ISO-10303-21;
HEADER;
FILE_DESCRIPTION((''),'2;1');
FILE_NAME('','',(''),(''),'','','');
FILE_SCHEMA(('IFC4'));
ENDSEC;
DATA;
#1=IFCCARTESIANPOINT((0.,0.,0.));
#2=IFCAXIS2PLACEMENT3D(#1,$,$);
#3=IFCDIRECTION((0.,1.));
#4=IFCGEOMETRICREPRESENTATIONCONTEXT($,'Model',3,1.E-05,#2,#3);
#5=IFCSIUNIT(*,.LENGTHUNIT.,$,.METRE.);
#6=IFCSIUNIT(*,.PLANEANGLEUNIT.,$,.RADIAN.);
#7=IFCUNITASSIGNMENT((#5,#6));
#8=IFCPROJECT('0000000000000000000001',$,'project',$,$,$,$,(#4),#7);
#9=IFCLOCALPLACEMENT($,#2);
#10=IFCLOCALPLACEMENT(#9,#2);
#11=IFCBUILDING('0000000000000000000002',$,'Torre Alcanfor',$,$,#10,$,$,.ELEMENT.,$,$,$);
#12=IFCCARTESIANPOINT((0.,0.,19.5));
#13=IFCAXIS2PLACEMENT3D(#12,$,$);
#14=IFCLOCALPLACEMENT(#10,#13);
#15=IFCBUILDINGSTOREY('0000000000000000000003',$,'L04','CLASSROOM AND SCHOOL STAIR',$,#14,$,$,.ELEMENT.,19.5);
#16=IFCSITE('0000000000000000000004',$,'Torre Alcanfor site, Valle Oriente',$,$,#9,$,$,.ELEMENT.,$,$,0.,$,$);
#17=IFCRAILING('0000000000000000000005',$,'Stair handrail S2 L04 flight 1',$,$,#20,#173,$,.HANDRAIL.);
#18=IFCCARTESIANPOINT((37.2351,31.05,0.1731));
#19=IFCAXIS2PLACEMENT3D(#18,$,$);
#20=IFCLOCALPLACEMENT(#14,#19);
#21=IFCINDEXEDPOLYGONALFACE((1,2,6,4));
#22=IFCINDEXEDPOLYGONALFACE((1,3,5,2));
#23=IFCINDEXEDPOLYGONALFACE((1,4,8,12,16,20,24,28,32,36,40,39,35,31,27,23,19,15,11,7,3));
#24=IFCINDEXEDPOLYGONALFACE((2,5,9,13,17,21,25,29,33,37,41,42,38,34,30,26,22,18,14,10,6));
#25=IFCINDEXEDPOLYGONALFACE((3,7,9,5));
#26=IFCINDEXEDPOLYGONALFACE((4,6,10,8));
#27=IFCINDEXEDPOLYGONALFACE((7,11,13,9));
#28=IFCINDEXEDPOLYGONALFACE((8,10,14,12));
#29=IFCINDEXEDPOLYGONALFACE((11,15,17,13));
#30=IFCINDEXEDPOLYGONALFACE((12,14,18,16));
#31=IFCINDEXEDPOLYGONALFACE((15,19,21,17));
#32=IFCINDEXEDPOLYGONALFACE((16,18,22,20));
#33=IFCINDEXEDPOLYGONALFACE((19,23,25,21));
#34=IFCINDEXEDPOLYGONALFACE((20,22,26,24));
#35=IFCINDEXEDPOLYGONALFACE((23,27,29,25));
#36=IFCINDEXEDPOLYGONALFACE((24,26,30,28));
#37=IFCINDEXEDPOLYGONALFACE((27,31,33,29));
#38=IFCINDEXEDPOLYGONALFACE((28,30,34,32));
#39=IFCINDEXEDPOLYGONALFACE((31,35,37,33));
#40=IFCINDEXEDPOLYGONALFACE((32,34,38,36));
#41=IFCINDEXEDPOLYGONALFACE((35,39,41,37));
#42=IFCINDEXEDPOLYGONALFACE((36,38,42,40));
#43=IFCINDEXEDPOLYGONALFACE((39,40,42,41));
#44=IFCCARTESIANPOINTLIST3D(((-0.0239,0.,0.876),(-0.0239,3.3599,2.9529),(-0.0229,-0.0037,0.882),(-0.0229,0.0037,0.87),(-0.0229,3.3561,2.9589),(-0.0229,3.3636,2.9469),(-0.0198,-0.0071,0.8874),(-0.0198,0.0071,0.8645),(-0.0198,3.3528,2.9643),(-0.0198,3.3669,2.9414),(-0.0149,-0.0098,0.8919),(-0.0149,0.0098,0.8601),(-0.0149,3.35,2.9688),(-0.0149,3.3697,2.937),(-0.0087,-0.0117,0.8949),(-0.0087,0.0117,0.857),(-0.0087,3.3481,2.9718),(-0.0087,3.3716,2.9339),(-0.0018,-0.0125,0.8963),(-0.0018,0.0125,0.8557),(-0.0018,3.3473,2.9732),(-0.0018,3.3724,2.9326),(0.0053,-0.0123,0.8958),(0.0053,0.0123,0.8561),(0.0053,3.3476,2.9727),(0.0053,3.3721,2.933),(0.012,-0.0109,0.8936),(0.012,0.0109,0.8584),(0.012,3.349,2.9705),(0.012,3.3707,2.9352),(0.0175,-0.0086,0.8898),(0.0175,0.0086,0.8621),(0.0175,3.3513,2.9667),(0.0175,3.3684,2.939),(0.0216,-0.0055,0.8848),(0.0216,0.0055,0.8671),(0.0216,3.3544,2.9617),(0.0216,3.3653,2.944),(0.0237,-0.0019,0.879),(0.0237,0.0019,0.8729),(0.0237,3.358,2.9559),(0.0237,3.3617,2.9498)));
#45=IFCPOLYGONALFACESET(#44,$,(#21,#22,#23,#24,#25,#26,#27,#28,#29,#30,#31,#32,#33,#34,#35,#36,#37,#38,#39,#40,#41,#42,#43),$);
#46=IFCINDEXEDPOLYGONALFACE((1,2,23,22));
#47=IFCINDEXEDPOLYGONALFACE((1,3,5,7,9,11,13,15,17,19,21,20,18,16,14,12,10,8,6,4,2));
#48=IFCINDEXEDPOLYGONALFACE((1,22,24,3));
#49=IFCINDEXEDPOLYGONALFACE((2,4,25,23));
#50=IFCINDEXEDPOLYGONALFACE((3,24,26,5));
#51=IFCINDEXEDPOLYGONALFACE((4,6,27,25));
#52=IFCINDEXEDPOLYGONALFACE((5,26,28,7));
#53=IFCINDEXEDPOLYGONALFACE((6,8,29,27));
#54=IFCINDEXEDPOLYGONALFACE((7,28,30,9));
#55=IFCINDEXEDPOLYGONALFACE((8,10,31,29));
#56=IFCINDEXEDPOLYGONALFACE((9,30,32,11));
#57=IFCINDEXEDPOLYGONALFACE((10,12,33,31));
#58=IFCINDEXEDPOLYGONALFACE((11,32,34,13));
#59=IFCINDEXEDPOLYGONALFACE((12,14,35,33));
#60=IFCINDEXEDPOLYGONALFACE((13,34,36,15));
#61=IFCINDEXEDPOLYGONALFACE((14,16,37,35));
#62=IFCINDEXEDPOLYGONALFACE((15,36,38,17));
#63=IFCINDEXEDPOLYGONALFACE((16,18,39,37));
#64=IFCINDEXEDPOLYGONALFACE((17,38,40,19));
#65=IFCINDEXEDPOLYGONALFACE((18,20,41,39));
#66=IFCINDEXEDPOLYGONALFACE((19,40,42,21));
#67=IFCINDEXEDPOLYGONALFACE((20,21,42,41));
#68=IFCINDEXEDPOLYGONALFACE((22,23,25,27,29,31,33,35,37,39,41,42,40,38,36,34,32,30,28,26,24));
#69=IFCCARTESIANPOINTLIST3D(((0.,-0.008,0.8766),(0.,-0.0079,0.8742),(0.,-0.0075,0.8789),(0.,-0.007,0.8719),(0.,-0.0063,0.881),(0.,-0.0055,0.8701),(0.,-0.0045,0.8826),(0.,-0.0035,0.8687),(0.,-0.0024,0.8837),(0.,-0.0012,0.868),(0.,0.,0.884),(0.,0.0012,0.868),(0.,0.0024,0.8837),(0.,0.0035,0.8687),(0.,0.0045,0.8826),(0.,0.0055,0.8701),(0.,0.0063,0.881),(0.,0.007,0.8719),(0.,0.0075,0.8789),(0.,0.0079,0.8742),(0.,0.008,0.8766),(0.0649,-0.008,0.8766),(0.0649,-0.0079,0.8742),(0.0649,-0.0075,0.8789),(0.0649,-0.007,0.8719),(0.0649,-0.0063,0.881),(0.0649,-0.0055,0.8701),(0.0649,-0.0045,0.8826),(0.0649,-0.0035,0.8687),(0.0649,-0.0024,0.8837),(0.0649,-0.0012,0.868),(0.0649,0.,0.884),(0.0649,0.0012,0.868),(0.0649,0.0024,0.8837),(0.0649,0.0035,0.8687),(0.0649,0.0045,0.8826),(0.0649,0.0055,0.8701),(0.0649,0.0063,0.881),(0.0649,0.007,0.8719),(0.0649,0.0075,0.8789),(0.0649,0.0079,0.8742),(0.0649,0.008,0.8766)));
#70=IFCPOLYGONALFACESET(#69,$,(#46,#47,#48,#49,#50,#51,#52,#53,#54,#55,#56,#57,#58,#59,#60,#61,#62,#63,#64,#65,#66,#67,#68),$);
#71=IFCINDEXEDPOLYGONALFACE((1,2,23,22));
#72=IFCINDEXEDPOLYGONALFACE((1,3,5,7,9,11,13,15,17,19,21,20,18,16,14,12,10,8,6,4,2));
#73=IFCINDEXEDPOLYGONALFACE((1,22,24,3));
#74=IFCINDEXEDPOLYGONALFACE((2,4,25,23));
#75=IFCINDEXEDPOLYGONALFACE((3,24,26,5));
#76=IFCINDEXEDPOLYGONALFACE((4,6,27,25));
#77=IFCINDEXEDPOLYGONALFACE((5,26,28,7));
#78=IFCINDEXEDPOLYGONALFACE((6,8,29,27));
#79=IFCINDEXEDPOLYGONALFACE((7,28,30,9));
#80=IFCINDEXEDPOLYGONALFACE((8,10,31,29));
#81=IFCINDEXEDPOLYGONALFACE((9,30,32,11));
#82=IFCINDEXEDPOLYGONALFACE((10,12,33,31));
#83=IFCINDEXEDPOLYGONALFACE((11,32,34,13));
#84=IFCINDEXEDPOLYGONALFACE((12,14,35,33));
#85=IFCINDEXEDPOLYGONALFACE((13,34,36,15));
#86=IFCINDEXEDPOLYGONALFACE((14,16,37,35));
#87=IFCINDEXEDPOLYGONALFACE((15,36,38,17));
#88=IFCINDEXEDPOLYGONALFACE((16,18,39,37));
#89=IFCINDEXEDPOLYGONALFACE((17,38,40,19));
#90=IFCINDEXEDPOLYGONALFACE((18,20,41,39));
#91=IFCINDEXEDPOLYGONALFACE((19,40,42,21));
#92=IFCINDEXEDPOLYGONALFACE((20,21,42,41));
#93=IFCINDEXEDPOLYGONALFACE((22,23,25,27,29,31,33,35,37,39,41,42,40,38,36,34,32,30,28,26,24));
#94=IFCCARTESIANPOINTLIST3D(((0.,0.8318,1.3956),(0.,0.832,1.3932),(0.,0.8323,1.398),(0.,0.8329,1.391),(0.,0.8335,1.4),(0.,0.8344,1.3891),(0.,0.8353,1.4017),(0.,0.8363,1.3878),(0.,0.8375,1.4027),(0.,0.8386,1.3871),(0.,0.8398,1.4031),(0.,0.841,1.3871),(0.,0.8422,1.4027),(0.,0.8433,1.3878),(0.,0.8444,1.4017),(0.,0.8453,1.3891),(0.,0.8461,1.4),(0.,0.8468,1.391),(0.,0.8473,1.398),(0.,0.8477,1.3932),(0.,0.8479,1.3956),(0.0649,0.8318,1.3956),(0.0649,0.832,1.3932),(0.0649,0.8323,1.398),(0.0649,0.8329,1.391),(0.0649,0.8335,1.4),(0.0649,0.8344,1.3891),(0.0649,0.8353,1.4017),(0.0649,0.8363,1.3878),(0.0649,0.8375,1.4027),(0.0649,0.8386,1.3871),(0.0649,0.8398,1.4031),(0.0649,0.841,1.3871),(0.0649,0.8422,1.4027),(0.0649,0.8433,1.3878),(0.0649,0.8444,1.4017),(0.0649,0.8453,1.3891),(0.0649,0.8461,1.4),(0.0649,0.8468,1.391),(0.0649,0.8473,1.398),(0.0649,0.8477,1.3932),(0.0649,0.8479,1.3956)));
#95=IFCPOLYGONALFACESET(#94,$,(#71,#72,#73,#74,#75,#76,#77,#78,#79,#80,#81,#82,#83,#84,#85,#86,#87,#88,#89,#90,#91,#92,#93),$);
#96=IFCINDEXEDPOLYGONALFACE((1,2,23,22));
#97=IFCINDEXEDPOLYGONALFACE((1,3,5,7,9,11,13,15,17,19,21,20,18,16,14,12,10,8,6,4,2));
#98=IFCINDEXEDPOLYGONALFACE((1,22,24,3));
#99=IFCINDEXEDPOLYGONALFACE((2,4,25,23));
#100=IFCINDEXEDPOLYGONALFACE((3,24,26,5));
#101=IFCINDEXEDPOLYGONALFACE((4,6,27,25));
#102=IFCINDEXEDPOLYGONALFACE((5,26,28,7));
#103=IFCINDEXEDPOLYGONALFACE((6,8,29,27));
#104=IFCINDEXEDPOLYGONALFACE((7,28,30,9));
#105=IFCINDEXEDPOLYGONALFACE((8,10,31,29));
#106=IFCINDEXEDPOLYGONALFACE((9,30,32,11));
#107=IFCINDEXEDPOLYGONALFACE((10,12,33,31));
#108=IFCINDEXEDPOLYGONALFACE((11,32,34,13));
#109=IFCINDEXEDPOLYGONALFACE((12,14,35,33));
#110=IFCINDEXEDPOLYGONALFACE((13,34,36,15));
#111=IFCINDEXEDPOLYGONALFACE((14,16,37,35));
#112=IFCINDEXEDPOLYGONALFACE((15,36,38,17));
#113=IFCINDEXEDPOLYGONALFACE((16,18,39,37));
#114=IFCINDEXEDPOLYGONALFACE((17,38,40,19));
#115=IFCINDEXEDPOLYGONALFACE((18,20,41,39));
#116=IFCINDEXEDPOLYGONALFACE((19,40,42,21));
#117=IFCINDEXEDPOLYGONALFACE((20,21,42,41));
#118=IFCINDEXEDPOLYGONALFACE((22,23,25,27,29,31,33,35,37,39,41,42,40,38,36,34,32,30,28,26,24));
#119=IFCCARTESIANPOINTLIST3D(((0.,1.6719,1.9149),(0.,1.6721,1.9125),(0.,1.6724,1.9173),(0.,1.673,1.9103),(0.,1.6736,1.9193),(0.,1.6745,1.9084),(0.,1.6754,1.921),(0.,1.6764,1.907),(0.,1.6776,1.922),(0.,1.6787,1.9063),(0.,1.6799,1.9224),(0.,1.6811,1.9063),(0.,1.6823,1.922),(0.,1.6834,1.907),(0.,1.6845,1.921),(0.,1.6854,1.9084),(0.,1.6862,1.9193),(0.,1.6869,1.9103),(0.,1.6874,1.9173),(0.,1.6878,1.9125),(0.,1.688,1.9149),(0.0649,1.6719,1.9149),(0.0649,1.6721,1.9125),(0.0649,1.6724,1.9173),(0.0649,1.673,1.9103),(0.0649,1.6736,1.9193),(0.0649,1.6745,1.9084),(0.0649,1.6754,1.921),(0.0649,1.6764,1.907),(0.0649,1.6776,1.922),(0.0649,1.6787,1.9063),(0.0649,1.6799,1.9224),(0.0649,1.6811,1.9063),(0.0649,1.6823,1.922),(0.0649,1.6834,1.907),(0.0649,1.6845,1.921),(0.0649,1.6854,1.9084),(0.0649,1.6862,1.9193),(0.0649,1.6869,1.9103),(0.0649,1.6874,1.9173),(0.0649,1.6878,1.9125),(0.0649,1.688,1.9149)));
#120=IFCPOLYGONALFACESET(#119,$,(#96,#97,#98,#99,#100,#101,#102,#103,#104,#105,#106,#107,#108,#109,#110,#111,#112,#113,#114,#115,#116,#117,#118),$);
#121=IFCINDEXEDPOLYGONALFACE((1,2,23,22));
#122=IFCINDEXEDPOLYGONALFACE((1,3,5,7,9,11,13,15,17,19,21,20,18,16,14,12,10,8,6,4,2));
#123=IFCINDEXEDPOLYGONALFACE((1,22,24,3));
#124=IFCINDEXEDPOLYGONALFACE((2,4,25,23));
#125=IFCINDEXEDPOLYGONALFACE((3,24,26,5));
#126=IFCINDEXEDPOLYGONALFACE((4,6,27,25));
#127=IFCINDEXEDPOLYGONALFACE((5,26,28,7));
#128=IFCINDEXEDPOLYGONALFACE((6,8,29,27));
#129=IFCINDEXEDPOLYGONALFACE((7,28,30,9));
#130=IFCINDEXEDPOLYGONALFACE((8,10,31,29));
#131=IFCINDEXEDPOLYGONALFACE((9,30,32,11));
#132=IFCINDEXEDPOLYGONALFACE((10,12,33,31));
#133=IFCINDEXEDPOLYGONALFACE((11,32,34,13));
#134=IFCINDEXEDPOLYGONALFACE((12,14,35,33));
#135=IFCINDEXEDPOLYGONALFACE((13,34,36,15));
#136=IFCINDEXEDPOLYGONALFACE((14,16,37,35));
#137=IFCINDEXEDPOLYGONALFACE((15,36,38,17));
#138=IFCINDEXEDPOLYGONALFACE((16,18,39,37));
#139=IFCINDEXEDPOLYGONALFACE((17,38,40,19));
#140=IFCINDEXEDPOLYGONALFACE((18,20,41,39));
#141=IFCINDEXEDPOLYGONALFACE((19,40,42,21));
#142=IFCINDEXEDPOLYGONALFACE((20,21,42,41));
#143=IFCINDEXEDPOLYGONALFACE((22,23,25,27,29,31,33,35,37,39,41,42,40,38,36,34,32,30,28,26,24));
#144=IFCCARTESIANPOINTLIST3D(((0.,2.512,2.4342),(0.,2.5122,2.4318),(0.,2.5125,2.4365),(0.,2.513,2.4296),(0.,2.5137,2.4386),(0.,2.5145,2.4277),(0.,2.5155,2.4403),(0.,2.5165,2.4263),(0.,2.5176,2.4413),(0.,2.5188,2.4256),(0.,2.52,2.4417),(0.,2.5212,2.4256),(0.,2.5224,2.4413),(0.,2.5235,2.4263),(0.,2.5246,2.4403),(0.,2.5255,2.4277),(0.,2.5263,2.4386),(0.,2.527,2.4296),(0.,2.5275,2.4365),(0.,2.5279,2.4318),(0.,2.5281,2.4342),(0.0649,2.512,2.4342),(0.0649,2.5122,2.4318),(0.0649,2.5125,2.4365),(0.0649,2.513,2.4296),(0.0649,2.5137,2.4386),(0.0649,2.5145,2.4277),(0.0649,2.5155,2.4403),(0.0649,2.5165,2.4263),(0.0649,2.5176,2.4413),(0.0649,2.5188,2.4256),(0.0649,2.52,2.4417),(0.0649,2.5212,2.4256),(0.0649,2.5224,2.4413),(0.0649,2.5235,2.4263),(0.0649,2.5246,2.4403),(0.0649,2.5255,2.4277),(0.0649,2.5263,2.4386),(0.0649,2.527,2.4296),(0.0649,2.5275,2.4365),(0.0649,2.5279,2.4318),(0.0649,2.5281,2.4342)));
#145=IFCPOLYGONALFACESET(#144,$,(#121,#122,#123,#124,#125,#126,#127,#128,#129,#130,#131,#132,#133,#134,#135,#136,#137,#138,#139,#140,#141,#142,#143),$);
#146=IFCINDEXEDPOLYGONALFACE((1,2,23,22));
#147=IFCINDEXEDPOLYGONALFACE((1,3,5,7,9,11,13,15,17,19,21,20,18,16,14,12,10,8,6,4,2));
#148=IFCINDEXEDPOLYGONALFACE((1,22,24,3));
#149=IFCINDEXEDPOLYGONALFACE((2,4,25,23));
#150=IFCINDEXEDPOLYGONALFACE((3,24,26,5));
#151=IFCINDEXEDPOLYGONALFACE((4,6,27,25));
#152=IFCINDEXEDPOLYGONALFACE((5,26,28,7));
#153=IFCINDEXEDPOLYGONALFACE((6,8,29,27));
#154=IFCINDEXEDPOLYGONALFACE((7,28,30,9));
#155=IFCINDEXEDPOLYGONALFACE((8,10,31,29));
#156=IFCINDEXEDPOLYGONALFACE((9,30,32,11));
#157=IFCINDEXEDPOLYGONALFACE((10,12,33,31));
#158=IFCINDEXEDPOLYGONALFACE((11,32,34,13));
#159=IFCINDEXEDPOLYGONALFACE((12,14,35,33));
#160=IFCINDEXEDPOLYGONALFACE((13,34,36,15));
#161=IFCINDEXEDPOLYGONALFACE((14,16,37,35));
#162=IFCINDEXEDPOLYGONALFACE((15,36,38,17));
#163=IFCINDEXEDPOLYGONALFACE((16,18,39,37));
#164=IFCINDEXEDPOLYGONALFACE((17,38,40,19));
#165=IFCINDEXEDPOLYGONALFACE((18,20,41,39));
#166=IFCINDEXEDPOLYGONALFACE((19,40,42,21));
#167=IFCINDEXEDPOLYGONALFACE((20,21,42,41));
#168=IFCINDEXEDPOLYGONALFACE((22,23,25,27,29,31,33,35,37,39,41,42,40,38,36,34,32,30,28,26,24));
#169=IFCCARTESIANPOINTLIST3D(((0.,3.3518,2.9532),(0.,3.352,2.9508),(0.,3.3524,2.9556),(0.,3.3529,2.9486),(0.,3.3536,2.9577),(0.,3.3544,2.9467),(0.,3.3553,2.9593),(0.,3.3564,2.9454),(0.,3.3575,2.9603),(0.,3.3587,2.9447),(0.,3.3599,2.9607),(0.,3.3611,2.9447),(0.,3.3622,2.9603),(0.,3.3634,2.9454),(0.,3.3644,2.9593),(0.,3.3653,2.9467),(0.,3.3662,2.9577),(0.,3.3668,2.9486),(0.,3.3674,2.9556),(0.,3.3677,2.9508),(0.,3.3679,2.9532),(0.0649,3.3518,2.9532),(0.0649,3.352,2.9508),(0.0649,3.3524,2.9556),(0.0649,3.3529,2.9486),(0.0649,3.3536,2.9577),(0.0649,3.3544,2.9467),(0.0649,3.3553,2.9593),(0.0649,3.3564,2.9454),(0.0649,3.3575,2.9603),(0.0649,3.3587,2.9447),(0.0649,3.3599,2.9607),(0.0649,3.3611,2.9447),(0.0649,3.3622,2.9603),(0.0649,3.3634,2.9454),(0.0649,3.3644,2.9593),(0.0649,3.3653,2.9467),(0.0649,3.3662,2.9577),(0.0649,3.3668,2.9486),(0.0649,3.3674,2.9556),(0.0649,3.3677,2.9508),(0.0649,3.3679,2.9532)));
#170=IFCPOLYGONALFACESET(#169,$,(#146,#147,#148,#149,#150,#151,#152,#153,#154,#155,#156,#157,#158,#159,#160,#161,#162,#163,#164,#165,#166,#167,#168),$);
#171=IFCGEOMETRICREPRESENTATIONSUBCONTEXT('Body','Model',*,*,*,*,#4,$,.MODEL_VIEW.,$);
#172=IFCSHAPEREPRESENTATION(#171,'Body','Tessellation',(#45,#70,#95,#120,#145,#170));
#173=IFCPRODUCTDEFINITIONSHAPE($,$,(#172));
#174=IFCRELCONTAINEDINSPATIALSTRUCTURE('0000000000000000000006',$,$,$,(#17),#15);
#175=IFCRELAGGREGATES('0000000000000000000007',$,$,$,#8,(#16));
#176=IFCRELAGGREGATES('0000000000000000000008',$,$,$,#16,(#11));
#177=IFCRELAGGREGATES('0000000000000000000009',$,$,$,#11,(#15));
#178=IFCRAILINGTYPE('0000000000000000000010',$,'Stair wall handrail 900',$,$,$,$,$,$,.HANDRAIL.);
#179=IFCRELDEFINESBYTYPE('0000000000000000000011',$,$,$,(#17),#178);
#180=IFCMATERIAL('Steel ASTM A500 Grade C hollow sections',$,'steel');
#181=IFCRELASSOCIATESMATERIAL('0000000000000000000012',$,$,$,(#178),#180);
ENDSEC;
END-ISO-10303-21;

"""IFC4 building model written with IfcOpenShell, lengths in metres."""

from ifc_helpers import new_model, si_unit, direction, frame, origin, origin_2d, place, context, subcontext, project, spatial, circle, extrude, material, type_object, element, save


model = new_model("IFC4")

# Units and contexts
model_context = context("Model", 3, precision=1e-05, world=origin(), true_north=direction((0.0, 1.0)))
body_context = subcontext(model_context, "Body", "Model", "MODEL_VIEW")
ifc_project = project(units=[si_unit("LENGTHUNIT", "METRE"), si_unit("PLANEANGLEUNIT", "RADIAN")], contexts=[model_context])

# Site, building, storey
site_placement = place(None, origin())
site = spatial("IfcSite", under=ifc_project, at=site_placement, Name="Torre Alcanfor site, Valle Oriente", CompositionType="ELEMENT", RefElevation=0.0)
building_placement = place(site_placement, origin())
building = spatial("IfcBuilding", under=site, at=building_placement, Name="Torre Alcanfor", CompositionType="ELEMENT")
storey_placement = place(building_placement, frame((0.0, 0.0, 19.5)))
storey = spatial("IfcBuildingStorey", under=building, at=storey_placement, Name="L04", Description="CLASSROOM AND SCHOOL STAIR", CompositionType="ELEMENT", Elevation=19.5)

# Railing
ifc_material_1 = material(Name="Steel ASTM A500 Grade C hollow sections", Category="steel")
railing_type_1 = type_object("IfcRailingType", Name="Stair wall handrail 900", PredefinedType="HANDRAIL", material=ifc_material_1)
railing_1_placement = place(storey_placement, frame((37.2351, 31.05, 0.1731)))
element("IfcRailing", 1, at=railing_1_placement, inside=storey, type_object=railing_type_1, Name="Stair handrail S2 L04 flight 1", PredefinedType="HANDRAIL", context=body_context, shape_type="SweptSolid", body=[
    extrude(circle(Radius=0.0239, at=origin_2d()), frame((0.0, 0.0, 0.876), z_axis=(0.0, 0.850606, 0.525803), x_axis=(-1.0, 0.0, 0.0)), (0.0, 0.0, 1.0), 3.95),
    extrude(circle(Radius=0.0081, at=origin_2d()), frame((0.0, 0.0, 0.876), z_axis=(1.0, 0.0, 0.0), x_axis=(0.0, 0.0, 1.0)), (0.0, 0.0, 1.0), 0.0649),
    extrude(circle(Radius=0.0081, at=origin_2d()), frame((0.0, 0.8398, 1.395), z_axis=(1.0, 0.0, 0.0), x_axis=(0.0, 0.0, 1.0)), (0.0, 0.0, 1.0), 0.0649),
    extrude(circle(Radius=0.0081, at=origin_2d()), frame((0.0, 1.6799, 1.9143), z_axis=(1.0, 0.0, 0.0), x_axis=(0.0, 0.0, 1.0)), (0.0, 0.0, 1.0), 0.0649),
    extrude(circle(Radius=0.0081, at=origin_2d()), frame((0.0, 2.52, 2.4336), z_axis=(1.0, 0.0, 0.0), x_axis=(0.0, 0.0, 1.0)), (0.0, 0.0, 1.0), 0.0649),
    extrude(circle(Radius=0.0081, at=origin_2d()), frame((0.0, 3.3599, 2.9526), z_axis=(1.0, 0.0, 0.0), x_axis=(0.0, 0.0, 1.0)), (0.0, 0.0, 1.0), 0.0649),
])

save(model, "model.ifc")
